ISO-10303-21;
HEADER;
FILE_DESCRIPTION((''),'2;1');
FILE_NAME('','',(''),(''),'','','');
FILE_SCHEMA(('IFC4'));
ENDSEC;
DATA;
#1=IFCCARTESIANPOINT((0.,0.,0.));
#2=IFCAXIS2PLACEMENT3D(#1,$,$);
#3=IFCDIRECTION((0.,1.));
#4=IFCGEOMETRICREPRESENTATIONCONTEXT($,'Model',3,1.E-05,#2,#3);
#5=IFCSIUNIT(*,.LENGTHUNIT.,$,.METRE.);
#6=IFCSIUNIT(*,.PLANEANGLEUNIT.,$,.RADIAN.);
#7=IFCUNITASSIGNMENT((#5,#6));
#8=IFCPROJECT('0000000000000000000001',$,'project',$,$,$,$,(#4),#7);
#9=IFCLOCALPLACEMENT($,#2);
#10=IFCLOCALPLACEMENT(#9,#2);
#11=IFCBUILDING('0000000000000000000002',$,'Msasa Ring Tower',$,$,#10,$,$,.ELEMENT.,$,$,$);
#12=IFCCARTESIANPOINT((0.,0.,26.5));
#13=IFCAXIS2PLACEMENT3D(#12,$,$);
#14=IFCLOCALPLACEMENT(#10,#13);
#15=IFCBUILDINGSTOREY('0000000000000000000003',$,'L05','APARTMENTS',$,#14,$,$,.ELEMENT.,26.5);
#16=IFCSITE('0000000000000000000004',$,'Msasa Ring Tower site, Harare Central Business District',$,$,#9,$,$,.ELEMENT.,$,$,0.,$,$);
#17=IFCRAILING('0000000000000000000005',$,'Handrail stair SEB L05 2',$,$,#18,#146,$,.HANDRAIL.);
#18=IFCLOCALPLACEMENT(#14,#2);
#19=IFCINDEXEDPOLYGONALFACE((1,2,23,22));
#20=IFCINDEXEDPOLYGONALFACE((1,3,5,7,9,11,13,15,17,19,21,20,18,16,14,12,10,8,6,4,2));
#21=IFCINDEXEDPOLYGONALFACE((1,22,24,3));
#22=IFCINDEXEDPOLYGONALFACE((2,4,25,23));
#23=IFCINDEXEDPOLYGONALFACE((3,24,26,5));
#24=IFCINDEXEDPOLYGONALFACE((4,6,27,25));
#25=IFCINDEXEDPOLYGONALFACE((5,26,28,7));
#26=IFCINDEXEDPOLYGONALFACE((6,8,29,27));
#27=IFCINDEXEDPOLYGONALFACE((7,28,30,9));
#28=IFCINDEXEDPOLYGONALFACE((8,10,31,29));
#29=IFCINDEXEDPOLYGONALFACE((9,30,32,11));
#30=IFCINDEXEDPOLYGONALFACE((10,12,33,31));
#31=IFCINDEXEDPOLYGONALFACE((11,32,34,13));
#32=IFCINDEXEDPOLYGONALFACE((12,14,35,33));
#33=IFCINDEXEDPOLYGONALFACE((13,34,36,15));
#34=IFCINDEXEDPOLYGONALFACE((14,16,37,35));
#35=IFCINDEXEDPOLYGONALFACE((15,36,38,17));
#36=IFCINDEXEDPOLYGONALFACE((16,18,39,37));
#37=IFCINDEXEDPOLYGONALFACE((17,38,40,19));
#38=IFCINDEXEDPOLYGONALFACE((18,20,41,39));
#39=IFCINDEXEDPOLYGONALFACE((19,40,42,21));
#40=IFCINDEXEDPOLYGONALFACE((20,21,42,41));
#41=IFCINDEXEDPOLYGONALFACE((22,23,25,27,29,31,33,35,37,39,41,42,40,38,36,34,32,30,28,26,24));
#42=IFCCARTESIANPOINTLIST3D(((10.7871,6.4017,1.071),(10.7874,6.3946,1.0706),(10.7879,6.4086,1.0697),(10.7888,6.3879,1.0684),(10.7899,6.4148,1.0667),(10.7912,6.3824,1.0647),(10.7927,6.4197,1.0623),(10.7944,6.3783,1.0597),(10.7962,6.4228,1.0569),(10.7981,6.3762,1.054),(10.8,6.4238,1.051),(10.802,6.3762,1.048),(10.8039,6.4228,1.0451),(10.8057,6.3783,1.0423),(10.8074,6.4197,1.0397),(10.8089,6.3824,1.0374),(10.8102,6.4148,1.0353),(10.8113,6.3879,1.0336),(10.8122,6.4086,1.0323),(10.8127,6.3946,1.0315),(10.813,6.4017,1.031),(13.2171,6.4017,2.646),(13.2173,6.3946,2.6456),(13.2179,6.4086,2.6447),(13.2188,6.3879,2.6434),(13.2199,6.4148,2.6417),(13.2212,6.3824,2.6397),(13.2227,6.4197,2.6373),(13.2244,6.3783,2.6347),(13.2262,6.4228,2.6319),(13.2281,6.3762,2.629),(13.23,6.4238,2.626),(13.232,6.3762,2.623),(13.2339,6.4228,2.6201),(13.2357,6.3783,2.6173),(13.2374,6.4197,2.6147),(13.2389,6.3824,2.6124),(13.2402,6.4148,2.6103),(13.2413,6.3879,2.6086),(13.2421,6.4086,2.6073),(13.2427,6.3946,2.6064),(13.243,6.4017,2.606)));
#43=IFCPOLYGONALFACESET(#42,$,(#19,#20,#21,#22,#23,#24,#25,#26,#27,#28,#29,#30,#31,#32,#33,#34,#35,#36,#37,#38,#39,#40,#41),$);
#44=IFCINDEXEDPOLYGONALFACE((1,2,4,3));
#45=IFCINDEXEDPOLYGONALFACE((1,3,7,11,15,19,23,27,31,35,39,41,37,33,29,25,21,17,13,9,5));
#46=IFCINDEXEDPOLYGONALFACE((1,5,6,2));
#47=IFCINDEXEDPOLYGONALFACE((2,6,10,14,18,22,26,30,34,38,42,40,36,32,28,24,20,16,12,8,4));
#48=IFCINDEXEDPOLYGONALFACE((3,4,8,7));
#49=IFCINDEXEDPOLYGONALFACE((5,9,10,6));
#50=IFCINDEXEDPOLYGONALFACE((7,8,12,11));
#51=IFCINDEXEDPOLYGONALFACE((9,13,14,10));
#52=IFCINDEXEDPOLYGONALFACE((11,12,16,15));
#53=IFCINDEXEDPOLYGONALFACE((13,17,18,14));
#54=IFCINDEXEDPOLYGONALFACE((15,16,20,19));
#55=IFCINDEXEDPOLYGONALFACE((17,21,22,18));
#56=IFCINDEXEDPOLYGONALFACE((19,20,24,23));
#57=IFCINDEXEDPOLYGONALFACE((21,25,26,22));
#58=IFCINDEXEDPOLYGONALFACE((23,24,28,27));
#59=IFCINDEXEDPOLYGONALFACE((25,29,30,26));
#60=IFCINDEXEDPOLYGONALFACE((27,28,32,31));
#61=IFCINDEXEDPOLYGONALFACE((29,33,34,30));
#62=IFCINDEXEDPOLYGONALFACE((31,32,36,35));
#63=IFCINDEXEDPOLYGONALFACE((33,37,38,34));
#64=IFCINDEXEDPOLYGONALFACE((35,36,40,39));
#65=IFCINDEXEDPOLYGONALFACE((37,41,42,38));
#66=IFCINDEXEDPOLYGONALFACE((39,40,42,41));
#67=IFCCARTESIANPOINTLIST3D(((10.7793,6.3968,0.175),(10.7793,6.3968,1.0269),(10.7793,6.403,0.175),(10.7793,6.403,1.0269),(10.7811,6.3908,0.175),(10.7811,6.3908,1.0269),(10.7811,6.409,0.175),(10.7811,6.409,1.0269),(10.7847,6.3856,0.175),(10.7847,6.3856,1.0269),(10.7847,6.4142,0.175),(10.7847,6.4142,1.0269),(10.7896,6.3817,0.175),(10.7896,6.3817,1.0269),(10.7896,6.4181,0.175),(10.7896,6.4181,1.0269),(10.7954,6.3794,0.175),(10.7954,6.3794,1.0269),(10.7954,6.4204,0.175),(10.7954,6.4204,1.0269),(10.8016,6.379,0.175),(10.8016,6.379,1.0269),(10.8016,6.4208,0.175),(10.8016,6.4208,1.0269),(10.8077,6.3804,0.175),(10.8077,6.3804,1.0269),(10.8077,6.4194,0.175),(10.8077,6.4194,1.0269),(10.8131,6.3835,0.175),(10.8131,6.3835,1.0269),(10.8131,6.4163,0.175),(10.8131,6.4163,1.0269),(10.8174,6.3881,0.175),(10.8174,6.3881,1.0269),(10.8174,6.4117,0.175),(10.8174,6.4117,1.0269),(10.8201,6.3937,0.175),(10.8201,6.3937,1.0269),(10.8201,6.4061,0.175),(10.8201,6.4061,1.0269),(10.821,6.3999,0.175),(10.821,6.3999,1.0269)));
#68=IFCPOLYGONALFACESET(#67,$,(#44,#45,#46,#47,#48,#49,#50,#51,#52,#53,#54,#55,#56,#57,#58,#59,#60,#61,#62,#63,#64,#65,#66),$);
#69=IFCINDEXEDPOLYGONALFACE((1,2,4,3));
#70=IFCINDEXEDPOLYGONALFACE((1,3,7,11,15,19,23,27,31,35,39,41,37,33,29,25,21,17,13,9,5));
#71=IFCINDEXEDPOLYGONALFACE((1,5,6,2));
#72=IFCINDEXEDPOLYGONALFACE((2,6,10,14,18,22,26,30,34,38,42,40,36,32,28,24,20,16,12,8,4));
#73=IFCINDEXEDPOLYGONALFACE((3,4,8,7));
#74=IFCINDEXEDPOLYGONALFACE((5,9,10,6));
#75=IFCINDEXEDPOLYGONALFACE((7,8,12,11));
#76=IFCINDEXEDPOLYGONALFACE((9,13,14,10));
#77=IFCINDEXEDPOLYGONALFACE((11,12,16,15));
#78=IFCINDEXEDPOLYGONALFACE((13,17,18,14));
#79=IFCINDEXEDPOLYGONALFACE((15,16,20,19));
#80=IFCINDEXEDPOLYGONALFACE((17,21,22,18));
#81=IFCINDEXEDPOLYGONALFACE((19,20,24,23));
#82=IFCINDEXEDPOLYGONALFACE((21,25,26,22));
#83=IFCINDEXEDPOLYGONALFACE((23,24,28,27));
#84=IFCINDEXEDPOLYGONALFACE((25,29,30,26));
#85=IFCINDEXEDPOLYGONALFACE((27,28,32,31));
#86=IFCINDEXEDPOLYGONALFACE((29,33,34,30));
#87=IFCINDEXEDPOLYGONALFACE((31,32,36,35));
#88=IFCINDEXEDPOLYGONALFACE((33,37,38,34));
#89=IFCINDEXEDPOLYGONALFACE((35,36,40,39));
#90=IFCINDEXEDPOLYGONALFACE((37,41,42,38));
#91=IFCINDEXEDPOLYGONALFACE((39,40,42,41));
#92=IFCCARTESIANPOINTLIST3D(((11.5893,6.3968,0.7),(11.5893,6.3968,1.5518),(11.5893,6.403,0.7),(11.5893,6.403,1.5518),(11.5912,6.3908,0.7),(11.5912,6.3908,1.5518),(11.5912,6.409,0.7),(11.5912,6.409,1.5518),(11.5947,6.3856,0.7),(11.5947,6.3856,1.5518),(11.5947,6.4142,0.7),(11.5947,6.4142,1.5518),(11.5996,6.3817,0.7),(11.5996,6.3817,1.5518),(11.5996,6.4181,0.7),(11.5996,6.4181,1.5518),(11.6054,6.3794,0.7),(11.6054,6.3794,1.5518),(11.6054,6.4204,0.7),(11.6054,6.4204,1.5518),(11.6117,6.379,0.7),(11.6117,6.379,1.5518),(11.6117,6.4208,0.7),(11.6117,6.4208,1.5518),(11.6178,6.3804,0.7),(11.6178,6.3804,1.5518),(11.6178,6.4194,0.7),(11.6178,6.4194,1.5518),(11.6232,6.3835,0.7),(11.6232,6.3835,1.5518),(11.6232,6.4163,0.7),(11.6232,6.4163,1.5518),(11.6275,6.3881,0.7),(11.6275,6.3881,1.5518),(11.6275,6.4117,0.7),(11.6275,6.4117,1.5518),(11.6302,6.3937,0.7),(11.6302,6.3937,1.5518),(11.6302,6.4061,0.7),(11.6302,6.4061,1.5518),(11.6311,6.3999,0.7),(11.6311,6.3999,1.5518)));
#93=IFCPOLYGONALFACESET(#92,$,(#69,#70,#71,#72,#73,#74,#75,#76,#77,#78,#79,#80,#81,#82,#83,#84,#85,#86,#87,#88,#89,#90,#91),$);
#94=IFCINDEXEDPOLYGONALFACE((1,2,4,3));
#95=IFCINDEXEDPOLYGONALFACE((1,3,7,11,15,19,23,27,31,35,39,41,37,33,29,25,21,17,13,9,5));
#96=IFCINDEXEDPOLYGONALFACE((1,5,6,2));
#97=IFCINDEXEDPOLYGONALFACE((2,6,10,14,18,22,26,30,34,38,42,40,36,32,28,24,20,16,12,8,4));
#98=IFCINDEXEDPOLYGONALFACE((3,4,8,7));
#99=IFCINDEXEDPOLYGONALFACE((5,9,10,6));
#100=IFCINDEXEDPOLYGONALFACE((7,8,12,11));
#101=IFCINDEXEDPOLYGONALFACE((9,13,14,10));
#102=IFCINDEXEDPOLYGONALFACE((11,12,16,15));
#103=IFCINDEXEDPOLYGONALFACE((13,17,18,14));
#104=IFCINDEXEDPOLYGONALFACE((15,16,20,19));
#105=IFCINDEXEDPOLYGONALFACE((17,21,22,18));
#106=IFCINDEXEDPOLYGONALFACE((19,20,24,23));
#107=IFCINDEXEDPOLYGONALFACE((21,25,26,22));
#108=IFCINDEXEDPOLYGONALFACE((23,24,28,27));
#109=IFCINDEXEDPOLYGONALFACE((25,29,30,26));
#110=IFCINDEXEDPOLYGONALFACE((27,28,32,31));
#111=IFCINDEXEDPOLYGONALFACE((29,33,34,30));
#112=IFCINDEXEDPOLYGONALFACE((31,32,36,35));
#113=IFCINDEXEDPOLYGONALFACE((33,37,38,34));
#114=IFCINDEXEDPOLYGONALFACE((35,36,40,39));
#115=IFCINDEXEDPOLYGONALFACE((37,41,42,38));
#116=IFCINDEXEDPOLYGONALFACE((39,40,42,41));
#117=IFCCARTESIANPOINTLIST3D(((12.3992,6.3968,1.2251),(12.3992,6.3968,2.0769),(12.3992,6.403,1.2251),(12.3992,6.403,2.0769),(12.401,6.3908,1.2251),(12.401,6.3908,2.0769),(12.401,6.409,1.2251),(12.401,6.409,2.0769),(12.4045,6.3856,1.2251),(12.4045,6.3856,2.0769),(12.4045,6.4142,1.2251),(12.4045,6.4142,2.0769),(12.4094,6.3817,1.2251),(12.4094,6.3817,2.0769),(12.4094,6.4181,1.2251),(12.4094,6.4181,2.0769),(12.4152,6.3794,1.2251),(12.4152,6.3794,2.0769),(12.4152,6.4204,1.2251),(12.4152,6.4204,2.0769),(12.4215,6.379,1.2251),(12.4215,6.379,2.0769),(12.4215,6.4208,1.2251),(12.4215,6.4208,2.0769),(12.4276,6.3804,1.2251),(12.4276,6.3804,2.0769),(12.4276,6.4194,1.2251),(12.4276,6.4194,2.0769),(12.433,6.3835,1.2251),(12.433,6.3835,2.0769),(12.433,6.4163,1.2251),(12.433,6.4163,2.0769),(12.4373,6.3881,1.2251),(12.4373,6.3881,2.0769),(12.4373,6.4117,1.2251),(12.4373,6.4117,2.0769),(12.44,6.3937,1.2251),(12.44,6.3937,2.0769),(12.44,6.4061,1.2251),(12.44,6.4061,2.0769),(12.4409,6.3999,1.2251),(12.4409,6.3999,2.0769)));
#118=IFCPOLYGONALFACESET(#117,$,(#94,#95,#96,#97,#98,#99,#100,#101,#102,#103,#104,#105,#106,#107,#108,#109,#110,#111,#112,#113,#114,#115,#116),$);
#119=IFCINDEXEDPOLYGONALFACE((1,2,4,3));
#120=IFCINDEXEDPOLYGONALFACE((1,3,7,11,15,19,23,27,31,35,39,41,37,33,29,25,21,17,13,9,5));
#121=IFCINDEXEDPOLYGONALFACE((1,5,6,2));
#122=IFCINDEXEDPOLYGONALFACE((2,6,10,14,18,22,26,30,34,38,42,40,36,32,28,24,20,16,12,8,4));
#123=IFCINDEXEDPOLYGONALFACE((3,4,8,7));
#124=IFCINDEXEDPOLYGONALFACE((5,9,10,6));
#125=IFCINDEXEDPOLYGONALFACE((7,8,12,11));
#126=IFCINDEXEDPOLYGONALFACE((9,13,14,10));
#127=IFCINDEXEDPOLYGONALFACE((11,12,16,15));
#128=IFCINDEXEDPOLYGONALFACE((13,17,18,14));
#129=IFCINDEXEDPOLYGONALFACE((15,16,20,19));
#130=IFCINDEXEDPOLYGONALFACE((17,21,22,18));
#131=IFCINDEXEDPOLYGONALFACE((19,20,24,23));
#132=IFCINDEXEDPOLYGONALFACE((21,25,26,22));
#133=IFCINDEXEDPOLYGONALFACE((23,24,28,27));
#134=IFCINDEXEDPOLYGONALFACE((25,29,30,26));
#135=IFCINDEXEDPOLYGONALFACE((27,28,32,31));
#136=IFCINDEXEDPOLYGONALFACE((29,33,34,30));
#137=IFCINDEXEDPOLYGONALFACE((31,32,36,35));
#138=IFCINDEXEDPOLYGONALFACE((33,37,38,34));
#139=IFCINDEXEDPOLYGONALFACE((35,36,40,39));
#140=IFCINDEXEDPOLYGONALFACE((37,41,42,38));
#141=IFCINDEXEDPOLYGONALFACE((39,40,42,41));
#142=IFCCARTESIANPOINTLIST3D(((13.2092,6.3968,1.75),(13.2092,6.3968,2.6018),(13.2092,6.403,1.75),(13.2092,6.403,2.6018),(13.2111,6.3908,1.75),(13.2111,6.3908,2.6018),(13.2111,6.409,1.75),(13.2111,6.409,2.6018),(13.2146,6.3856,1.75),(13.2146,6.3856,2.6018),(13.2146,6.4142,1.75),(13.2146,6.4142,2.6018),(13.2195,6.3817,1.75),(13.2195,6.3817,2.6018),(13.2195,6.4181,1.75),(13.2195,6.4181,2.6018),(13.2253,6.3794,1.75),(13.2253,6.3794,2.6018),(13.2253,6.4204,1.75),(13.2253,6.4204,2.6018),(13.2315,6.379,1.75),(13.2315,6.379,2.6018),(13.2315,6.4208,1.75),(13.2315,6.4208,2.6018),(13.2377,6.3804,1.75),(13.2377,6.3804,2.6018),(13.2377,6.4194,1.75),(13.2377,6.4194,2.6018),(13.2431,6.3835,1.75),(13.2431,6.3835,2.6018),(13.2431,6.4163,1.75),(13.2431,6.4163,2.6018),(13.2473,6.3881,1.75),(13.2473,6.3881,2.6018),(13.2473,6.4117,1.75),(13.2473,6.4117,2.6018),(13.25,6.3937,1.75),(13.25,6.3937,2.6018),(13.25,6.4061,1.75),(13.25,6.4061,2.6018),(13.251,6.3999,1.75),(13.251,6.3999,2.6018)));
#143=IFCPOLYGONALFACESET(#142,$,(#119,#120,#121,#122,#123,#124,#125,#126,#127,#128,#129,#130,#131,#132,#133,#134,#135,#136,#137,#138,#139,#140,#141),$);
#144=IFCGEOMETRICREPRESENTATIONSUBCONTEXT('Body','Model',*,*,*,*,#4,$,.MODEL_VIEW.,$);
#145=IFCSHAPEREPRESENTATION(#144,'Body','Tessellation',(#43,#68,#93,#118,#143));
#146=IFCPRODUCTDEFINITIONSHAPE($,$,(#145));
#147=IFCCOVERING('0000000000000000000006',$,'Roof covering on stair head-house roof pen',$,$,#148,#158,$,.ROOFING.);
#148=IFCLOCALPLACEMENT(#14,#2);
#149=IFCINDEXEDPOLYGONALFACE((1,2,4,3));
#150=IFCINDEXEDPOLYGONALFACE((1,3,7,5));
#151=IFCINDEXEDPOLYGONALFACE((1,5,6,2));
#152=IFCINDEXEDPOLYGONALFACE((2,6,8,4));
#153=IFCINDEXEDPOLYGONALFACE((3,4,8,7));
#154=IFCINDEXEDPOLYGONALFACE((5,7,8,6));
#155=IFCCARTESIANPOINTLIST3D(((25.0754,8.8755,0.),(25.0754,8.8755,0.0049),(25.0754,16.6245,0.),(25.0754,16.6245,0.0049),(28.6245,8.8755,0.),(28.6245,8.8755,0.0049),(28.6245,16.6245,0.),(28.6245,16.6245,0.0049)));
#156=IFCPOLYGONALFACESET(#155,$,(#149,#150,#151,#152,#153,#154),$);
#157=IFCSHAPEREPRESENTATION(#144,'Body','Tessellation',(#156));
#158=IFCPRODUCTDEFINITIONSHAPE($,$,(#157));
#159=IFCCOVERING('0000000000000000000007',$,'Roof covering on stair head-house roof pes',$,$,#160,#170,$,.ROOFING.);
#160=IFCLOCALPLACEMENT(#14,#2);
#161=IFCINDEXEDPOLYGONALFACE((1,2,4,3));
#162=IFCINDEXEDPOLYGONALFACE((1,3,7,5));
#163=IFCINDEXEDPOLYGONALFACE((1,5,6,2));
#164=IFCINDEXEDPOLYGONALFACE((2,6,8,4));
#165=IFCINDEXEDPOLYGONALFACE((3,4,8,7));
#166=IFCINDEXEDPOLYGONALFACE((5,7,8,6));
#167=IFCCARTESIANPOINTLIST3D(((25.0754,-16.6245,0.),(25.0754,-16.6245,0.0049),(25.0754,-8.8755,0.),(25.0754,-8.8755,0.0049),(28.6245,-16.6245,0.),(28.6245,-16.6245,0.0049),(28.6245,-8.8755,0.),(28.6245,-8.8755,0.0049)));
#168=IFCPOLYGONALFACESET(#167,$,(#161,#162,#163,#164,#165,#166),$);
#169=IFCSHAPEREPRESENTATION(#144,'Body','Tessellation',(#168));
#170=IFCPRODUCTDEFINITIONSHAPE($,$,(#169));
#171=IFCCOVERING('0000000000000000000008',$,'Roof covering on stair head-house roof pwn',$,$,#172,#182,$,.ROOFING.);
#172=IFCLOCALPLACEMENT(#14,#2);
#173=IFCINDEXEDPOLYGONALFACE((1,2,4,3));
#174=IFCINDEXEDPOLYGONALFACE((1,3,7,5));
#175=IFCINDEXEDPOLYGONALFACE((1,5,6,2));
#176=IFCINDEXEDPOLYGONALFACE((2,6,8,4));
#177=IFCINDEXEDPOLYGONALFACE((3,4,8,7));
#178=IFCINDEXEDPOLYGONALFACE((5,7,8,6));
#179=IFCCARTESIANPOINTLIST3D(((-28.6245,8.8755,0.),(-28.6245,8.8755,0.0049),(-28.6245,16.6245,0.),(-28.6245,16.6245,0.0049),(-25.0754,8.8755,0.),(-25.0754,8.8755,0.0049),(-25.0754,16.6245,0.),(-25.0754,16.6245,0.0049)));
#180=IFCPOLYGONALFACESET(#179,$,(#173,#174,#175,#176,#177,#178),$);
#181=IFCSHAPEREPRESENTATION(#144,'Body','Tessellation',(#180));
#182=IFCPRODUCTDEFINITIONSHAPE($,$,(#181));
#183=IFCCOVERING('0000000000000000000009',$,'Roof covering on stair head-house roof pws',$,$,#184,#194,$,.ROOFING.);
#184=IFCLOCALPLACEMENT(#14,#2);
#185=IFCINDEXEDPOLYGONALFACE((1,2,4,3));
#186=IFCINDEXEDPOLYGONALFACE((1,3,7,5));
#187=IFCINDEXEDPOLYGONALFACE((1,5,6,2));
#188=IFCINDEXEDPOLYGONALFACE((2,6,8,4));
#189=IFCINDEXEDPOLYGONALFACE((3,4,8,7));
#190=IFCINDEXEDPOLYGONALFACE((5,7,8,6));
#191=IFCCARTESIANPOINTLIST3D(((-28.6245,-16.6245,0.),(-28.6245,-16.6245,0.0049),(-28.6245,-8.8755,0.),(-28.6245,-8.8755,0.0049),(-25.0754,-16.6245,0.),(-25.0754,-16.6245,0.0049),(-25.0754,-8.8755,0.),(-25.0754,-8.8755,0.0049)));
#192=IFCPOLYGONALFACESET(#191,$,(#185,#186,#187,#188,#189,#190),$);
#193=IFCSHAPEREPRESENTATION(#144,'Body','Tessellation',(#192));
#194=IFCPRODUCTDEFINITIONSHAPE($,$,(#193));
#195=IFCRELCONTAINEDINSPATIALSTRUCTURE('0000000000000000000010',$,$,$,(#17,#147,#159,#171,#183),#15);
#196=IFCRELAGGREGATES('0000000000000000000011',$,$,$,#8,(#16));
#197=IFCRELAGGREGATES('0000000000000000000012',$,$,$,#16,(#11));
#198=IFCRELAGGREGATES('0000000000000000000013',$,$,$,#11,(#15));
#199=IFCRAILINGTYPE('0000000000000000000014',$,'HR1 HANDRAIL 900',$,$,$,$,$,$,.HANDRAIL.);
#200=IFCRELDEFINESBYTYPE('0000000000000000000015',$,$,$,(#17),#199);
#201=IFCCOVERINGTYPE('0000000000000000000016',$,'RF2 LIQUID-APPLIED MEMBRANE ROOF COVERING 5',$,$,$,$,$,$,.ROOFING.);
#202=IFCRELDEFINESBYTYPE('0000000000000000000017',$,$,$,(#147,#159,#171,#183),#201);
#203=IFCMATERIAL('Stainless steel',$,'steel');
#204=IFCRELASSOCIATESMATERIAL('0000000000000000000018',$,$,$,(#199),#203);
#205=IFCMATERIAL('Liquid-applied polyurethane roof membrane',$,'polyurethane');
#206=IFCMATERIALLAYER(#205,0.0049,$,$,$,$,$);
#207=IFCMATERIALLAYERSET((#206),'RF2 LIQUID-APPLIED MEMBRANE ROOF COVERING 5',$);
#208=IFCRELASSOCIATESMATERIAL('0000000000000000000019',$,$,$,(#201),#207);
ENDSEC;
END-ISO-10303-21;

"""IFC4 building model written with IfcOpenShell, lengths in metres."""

from ifc_helpers import new_model, si_unit, direction, frame, origin, origin_2d, place, context, subcontext, project, spatial, line, indexed_curve, circle, outline, extrude, material, layer, layer_set, type_object, element, save


model = new_model("IFC4")

# Units and contexts
model_context = context("Model", 3, precision=1e-05, world=origin(), true_north=direction((0.0, 1.0)))
body_context = subcontext(model_context, "Body", "Model", "MODEL_VIEW")
ifc_project = project(units=[si_unit("LENGTHUNIT", "METRE"), si_unit("PLANEANGLEUNIT", "RADIAN")], contexts=[model_context])

# Site, building, storey
site_placement = place(None, origin())
site = spatial("IfcSite", under=ifc_project, at=site_placement, Name="Msasa Ring Tower site, Harare Central Business District", CompositionType="ELEMENT", RefElevation=0.0)
building_placement = place(site_placement, origin())
building = spatial("IfcBuilding", under=site, at=building_placement, Name="Msasa Ring Tower", CompositionType="ELEMENT")
storey_placement = place(building_placement, frame((0.0, 0.0, 26.5)))
storey = spatial("IfcBuildingStorey", under=building, at=storey_placement, Name="L05", Description="APARTMENTS", CompositionType="ELEMENT", Elevation=26.5)

# Railing
ifc_material_1 = material(Name="Stainless steel", Category="steel")
railing_type = type_object("IfcRailingType", Name="HR1 HANDRAIL 900", PredefinedType="HANDRAIL", material=ifc_material_1)
for number, where, name in (
    (1, (10.8, 6.3999, 0.175), "Handrail stair SEB L05 2"),
):
    element("IfcRailing", number, at=place(storey_placement, frame(where)), inside=storey, type_object=railing_type, Name=name, PredefinedType="HANDRAIL", context=body_context, shape_type="SweptSolid", body=[
        extrude(circle(Radius=0.0239, at=origin_2d()), frame((0.0, 0.0, 0.876), z_axis=(0.839154, 0.0, 0.543894), x_axis=(0.0, 1.0, 0.0)), (0.0, 0.0, 1.0), 2.8958),
        extrude(circle(Radius=0.021, at=origin_2d()), origin(), (0.0, 0.0, 1.0), 0.8518),
        extrude(circle(Radius=0.021, at=origin_2d()), frame((0.8101, 0.0, 0.5249)), (0.0, 0.0, 1.0), 0.8518),
        extrude(circle(Radius=0.021, at=origin_2d()), frame((1.6199, 0.0, 1.05)), (0.0, 0.0, 1.0), 0.8518),
        extrude(circle(Radius=0.021, at=origin_2d()), frame((2.4299, 0.0, 1.575)), (0.0, 0.0, 1.0), 0.8518),
    ])

# Coverings
ifc_material_2 = material(Name="Liquid-applied polyurethane roof membrane", Category="polyurethane")
ifc_layer_1 = layer(ifc_material_2, 0.0049)
ifc_layer_set_1 = layer_set([ifc_layer_1], Name="RF2 LIQUID-APPLIED MEMBRANE ROOF COVERING 5")
covering_type_1 = type_object("IfcCoveringType", Name="RF2 LIQUID-APPLIED MEMBRANE ROOF COVERING 5", PredefinedType="ROOFING", material=ifc_layer_set_1)
covering_1_placement = place(storey_placement, origin())
element("IfcCovering", 2, at=covering_1_placement, inside=storey, type_object=covering_type_1, Name="Roof covering on stair head-house roof pen", PredefinedType="ROOFING", context=body_context, shape_type="SweptSolid", body=[
    extrude(outline(indexed_curve([(25.0754, 8.8755), (25.0754, 16.6245), (28.6245, 16.6245), (28.6245, 8.8755)], segments=[line(1, 2, 3, 4, 1)], self_intersect=False)), origin(), (0.0, 0.0, 1.0), 0.0049),
])
covering_2_placement = place(storey_placement, origin())
element("IfcCovering", 3, at=covering_2_placement, inside=storey, type_object=covering_type_1, Name="Roof covering on stair head-house roof pes", PredefinedType="ROOFING", context=body_context, shape_type="SweptSolid", body=[
    extrude(outline(indexed_curve([(25.0754, -16.6245), (25.0754, -8.8755), (28.6245, -8.8755), (28.6245, -16.6245)], segments=[line(1, 2, 3, 4, 1)], self_intersect=False)), origin(), (0.0, 0.0, 1.0), 0.0049),
])
covering_3_placement = place(storey_placement, origin())
element("IfcCovering", 4, at=covering_3_placement, inside=storey, type_object=covering_type_1, Name="Roof covering on stair head-house roof pwn", PredefinedType="ROOFING", context=body_context, shape_type="SweptSolid", body=[
    extrude(outline(indexed_curve([(-28.6245, 8.8755), (-28.6245, 16.6245), (-25.0754, 16.6245), (-25.0754, 8.8755)], segments=[line(1, 2, 3, 4, 1)], self_intersect=False)), origin(), (0.0, 0.0, 1.0), 0.0049),
])
covering_4_placement = place(storey_placement, origin())
element("IfcCovering", 5, at=covering_4_placement, inside=storey, type_object=covering_type_1, Name="Roof covering on stair head-house roof pws", PredefinedType="ROOFING", context=body_context, shape_type="SweptSolid", body=[
    extrude(outline(indexed_curve([(-28.6245, -16.6245), (-28.6245, -8.8755), (-25.0754, -8.8755), (-25.0754, -16.6245)], segments=[line(1, 2, 3, 4, 1)], self_intersect=False)), origin(), (0.0, 0.0, 1.0), 0.0049),
])

save(model, "model.ifc")
